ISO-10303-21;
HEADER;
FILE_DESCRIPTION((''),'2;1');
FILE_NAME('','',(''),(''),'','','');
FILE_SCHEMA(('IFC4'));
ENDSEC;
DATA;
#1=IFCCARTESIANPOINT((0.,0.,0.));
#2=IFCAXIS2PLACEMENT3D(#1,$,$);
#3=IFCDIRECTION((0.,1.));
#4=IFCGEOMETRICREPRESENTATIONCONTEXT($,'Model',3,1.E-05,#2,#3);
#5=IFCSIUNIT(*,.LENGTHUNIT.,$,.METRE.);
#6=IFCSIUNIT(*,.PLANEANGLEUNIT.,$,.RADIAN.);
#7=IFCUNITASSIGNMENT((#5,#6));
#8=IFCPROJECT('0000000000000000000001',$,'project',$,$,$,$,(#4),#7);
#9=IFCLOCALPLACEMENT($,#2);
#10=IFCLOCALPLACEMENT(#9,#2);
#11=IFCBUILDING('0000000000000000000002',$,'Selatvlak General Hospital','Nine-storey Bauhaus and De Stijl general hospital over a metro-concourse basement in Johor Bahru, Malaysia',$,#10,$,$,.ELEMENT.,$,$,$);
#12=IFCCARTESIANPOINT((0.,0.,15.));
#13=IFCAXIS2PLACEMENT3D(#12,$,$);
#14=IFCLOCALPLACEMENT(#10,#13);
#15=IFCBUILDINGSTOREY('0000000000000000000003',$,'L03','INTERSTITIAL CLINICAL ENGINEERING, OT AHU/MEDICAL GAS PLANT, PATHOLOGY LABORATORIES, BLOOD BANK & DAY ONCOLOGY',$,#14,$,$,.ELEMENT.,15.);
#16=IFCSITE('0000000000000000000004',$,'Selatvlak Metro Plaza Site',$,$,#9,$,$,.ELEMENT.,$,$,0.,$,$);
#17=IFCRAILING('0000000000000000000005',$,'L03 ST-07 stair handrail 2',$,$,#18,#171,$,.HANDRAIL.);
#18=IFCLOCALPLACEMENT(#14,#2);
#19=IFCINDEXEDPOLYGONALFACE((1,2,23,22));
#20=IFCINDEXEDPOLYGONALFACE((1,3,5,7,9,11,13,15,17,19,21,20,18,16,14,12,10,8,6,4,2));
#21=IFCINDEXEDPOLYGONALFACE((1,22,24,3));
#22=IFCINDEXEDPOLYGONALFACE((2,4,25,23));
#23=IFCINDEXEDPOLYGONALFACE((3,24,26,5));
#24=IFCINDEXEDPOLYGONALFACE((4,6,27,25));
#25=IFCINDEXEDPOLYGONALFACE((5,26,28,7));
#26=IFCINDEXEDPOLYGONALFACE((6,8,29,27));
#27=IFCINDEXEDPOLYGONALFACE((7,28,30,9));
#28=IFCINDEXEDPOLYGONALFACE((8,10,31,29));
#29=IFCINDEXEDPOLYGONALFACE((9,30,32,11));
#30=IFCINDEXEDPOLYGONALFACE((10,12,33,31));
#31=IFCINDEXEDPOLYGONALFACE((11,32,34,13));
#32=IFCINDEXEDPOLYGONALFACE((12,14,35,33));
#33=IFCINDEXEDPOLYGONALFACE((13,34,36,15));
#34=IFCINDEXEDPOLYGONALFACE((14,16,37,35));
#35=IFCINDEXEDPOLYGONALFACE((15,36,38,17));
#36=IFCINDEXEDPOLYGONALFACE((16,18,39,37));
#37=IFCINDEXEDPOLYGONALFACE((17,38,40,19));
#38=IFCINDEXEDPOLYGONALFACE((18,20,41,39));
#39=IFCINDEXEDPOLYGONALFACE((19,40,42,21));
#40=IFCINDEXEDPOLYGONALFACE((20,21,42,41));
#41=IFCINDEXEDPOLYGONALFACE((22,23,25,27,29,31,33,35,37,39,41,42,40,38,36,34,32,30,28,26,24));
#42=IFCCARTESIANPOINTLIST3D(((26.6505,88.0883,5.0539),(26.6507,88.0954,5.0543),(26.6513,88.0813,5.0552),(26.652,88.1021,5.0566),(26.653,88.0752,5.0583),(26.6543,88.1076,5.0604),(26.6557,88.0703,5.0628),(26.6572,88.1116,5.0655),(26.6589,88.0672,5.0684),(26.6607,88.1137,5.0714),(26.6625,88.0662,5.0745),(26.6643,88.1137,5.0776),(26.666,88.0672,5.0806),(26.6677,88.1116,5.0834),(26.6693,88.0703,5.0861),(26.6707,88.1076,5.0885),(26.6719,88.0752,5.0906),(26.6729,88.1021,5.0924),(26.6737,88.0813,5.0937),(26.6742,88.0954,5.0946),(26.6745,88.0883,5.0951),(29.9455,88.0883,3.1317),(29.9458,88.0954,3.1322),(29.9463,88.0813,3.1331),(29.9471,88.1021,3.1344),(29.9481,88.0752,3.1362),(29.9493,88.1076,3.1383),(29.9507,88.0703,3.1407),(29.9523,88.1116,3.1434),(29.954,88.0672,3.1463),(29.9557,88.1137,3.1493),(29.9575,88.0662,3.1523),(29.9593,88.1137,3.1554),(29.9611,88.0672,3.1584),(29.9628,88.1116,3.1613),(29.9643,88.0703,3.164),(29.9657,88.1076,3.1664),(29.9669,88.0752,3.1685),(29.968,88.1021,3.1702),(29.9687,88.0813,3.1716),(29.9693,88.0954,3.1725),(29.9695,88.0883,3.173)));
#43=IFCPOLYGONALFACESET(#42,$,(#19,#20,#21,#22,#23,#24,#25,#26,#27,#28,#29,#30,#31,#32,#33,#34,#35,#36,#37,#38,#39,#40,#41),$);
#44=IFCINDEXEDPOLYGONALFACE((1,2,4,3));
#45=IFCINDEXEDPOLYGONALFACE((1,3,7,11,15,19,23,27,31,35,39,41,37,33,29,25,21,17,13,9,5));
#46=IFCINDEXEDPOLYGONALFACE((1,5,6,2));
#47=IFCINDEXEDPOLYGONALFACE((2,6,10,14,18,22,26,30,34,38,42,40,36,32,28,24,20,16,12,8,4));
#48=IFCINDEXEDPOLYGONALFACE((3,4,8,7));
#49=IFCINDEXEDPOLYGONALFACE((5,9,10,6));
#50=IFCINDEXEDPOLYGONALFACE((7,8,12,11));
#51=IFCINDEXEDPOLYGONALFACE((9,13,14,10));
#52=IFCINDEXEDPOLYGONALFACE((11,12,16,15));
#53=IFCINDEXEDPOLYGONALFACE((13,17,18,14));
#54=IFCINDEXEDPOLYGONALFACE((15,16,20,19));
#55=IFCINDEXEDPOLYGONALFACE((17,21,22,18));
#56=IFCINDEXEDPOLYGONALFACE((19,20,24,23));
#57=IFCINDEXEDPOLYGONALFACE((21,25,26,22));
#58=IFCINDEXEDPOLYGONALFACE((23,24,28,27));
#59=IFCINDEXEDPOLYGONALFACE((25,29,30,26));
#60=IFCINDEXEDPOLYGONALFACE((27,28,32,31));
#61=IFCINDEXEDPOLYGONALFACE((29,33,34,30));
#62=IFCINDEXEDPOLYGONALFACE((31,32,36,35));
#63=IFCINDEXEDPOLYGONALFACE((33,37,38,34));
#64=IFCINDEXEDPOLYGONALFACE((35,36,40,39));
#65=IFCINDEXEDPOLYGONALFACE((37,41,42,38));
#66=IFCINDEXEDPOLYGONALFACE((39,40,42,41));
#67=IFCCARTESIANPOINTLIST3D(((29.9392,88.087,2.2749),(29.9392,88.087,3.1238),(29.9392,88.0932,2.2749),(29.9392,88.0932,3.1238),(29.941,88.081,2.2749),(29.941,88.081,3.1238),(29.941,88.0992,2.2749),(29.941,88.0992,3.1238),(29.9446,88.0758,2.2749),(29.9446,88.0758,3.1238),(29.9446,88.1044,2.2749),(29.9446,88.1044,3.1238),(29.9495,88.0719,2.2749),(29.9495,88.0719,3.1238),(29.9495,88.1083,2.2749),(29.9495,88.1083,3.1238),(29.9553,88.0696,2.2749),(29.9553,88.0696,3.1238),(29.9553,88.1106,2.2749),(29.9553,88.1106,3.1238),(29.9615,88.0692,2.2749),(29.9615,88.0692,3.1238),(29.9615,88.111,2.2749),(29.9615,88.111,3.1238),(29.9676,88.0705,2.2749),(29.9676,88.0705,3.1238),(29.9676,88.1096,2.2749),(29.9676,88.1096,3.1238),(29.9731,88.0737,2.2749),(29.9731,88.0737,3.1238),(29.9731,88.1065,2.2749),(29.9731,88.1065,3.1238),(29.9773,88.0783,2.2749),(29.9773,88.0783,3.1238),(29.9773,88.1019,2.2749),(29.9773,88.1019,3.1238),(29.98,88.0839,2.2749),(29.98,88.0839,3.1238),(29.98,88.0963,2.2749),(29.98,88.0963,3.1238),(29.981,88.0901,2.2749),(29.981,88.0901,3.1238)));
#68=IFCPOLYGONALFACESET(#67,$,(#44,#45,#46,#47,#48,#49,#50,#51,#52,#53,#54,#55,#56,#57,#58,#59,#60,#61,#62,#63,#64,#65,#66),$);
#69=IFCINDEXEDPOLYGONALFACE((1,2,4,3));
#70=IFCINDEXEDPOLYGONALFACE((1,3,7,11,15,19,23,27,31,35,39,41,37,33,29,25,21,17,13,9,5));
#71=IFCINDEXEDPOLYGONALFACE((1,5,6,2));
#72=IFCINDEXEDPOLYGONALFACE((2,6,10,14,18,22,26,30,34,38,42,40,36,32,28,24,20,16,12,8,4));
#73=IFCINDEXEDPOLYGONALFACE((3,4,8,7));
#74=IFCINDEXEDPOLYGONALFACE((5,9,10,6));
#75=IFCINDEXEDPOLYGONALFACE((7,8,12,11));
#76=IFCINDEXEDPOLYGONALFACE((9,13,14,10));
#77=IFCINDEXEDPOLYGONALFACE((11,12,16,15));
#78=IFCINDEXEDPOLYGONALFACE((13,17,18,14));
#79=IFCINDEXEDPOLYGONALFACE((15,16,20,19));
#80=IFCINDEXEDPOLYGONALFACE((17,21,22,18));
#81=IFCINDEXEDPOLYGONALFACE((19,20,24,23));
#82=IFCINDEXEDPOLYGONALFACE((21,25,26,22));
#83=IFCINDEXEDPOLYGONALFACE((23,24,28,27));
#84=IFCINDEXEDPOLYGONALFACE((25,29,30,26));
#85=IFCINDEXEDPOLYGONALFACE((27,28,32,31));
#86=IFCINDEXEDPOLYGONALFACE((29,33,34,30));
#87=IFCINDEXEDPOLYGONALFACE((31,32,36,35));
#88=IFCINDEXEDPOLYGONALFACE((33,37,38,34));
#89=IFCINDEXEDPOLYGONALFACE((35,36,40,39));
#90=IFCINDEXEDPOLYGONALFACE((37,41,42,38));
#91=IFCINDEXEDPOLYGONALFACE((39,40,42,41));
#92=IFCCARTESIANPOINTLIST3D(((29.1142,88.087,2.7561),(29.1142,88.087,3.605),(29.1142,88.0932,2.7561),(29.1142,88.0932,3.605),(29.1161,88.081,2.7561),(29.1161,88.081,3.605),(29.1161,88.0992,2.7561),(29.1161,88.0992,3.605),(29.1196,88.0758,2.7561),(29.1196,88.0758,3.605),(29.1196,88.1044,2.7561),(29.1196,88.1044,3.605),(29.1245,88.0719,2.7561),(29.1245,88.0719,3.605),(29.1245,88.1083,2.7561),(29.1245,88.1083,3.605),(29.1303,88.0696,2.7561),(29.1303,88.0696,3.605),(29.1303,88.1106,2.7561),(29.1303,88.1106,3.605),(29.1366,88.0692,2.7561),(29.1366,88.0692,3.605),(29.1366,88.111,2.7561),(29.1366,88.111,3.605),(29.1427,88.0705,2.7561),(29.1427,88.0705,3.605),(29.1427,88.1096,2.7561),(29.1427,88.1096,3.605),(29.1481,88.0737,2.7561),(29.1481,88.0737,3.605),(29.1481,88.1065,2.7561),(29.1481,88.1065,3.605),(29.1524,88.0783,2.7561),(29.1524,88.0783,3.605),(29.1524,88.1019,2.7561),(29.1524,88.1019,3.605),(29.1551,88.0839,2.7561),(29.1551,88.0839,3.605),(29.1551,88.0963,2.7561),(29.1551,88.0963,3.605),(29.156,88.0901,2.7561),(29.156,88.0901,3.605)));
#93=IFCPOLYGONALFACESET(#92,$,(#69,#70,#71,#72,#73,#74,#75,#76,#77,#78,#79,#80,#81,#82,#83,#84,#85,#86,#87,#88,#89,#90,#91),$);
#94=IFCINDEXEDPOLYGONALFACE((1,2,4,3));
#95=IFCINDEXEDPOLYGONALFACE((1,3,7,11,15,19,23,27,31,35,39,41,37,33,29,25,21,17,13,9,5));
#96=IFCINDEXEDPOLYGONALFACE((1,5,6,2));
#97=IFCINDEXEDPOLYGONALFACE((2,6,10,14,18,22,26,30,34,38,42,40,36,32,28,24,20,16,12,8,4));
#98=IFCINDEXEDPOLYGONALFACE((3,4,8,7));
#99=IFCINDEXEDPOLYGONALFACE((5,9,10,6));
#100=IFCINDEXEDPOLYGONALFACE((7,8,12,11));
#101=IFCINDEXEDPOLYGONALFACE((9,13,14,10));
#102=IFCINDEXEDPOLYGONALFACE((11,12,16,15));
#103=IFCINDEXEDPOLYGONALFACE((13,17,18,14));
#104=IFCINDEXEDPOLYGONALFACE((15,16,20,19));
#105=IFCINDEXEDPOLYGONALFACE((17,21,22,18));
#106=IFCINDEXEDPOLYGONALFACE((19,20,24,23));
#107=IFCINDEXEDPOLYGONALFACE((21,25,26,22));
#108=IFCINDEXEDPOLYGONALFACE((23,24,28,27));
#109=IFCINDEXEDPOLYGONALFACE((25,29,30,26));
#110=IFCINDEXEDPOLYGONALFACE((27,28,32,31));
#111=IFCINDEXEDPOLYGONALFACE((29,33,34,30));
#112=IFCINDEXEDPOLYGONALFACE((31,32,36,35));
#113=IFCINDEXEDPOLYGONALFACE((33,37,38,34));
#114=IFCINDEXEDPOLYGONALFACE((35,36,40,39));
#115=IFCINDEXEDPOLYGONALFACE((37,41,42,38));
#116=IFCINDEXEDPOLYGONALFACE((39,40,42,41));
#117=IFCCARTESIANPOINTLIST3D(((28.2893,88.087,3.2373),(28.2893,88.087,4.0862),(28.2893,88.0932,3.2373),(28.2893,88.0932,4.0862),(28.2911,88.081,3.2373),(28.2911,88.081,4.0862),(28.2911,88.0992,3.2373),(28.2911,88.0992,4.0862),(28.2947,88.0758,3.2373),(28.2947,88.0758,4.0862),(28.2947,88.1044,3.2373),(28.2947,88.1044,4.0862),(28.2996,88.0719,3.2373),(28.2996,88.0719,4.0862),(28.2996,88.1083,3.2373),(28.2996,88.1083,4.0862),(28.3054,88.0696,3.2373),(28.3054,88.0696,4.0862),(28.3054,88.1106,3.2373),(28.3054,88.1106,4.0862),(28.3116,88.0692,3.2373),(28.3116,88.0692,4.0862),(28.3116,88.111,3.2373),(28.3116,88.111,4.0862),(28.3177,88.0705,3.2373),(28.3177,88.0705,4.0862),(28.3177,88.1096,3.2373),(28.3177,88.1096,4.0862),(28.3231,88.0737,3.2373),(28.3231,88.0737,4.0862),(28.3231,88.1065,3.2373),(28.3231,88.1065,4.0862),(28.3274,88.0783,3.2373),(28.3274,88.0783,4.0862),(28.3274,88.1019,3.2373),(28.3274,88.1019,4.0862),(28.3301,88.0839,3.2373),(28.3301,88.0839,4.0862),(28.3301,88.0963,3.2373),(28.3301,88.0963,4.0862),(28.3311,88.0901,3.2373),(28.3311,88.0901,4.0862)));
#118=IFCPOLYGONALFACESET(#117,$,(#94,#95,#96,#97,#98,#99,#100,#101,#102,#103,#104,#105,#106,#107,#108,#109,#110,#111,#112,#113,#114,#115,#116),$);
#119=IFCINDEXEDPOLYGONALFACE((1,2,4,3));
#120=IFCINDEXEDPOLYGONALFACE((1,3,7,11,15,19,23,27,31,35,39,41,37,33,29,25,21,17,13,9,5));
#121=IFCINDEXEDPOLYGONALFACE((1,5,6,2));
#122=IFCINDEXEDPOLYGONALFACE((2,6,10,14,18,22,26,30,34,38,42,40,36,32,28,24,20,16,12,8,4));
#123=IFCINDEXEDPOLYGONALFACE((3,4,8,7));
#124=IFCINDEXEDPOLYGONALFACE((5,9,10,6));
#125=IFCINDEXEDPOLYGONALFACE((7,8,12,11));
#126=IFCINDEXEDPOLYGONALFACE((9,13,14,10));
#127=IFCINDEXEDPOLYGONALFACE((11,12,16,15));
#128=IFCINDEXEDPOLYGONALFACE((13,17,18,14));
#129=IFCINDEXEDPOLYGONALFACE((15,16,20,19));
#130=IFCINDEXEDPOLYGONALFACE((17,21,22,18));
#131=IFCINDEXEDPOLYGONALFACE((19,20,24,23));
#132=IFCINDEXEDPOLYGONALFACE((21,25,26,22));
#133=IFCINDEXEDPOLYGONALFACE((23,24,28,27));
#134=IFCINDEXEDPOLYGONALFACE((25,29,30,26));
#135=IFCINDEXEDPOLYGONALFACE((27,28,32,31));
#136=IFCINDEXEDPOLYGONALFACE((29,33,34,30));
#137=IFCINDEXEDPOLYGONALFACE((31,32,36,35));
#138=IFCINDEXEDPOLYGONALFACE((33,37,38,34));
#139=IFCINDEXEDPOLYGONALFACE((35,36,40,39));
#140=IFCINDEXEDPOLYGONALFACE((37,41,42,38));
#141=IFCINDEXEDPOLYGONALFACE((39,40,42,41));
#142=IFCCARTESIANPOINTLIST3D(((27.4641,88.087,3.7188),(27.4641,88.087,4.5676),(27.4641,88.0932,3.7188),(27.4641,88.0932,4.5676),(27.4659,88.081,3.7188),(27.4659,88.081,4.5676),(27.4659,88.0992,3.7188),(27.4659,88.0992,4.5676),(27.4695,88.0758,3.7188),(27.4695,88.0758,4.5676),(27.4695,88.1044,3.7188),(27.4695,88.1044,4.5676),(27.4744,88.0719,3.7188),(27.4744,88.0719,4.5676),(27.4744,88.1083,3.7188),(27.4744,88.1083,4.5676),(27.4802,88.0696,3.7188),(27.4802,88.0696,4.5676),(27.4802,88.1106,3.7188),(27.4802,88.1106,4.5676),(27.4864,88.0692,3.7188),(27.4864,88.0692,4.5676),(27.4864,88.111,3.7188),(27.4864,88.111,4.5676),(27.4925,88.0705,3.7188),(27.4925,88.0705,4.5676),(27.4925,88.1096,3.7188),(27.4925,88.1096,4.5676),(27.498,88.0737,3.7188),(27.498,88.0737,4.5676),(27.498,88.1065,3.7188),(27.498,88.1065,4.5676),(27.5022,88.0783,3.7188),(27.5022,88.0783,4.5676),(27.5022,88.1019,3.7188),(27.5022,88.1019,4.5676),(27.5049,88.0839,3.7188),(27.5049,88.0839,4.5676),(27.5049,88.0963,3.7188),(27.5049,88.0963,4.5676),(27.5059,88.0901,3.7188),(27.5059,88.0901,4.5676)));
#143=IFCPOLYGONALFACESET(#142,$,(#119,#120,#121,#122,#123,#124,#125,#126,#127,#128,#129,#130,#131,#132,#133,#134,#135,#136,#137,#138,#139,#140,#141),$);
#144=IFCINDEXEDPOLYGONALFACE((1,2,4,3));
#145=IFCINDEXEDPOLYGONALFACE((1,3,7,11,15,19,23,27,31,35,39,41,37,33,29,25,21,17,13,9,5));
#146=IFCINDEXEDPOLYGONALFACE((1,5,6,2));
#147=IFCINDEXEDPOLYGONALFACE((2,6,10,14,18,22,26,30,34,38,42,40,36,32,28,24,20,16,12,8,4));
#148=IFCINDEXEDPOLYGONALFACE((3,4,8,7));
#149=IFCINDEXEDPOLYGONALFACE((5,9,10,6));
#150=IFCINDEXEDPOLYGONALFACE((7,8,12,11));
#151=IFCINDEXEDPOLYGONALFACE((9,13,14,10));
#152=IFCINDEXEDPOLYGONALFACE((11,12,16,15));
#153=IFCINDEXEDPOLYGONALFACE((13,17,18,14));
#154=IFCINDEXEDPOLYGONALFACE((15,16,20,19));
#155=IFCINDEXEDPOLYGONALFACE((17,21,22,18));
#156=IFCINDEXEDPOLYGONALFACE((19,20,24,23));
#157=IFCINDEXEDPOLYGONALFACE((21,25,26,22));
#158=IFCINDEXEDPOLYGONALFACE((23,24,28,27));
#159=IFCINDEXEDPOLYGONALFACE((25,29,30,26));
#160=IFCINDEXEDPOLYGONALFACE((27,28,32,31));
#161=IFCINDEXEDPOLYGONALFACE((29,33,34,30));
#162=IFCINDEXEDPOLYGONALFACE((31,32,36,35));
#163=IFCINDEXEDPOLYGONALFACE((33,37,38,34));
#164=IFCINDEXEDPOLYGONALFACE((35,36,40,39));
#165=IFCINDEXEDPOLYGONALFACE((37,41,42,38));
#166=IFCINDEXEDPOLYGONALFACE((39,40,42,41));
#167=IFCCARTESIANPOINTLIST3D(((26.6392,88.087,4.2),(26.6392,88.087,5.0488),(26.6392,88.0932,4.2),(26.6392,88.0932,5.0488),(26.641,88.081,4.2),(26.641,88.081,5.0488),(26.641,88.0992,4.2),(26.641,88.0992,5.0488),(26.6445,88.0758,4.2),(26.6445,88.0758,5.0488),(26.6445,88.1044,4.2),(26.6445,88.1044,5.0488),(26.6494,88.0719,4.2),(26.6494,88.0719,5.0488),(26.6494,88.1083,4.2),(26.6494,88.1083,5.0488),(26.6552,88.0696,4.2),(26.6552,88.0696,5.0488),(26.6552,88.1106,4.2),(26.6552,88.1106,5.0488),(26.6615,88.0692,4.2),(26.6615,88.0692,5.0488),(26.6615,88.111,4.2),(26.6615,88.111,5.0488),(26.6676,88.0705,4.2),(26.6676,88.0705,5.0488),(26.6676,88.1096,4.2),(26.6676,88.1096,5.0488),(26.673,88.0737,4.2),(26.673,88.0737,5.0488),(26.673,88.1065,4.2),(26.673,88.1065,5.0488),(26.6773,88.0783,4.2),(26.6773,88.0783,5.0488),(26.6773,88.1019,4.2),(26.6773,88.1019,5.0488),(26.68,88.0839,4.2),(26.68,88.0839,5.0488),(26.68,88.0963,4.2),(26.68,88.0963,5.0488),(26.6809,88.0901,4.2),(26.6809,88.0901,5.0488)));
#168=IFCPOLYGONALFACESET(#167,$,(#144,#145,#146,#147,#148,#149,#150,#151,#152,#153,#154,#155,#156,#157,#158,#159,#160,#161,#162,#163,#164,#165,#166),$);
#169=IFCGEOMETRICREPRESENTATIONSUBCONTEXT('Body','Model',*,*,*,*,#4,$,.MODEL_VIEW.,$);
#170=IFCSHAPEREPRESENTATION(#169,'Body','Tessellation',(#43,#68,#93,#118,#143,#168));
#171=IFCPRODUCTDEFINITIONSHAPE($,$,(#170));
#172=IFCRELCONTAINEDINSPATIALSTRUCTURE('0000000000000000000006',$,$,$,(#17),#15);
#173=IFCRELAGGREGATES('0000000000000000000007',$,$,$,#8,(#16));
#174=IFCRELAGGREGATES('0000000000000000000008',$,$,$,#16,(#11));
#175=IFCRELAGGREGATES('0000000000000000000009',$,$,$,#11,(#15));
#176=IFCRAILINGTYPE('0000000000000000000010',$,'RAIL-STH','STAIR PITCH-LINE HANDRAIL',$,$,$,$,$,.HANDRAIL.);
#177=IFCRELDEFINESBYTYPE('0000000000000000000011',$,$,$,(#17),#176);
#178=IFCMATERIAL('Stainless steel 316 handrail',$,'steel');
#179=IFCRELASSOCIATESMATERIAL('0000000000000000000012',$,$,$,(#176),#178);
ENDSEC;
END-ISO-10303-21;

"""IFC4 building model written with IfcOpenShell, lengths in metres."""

from ifc_helpers import new_model, si_unit, direction, frame, origin, origin_2d, place, context, subcontext, project, spatial, circle, extrude, material, type_object, element, save


model = new_model("IFC4")

# Units and contexts
model_context = context("Model", 3, precision=1e-05, world=origin(), true_north=direction((0.0, 1.0)))
body_context = subcontext(model_context, "Body", "Model", "MODEL_VIEW")
ifc_project = project(units=[si_unit("LENGTHUNIT", "METRE"), si_unit("PLANEANGLEUNIT", "RADIAN")], contexts=[model_context])

# Site, building, storey
site_placement = place(None, origin())
site = spatial("IfcSite", under=ifc_project, at=site_placement, Name="Selatvlak Metro Plaza Site", CompositionType="ELEMENT", RefElevation=0.0)
building_placement = place(site_placement, origin())
building = spatial("IfcBuilding", under=site, at=building_placement, Name="Selatvlak General Hospital", Description="Nine-storey Bauhaus and De Stijl general hospital over a metro-concourse basement in Johor Bahru, Malaysia", CompositionType="ELEMENT")
storey_placement = place(building_placement, frame((0.0, 0.0, 15.0)))
storey = spatial("IfcBuildingStorey", under=building, at=storey_placement, Name="L03", Description="INTERSTITIAL CLINICAL ENGINEERING, OT AHU/MEDICAL GAS PLANT, PATHOLOGY LABORATORIES, BLOOD BANK & DAY ONCOLOGY", CompositionType="ELEMENT", Elevation=15.0)

# Railing
ifc_material_1 = material(Name="Stainless steel 316 handrail", Category="steel")
railing_type_1 = type_object("IfcRailingType", Name="RAIL-STH", Description="STAIR PITCH-LINE HANDRAIL", PredefinedType="HANDRAIL", material=ifc_material_1)
railing_1_placement = place(storey_placement, frame((29.96, 88.0901, 2.2749)))
element("IfcRailing", 1, at=railing_1_placement, inside=storey, type_object=railing_type_1, Name="L03 ST-07 stair handrail 2", PredefinedType="HANDRAIL", context=body_context, shape_type="SweptSolid", body=[
    extrude(circle(Radius=0.0239, at=origin_2d()), frame((-0.0024, 0.0, 0.8774), z_axis=(-0.863777, 0.0, 0.503875), x_axis=(0.0, -1.0, 0.0)), (0.0, 0.0, 1.0), 3.8147),
    extrude(circle(Radius=0.021, at=origin_2d()), origin(), (0.0, 0.0, 1.0), 0.8489),
    extrude(circle(Radius=0.021, at=origin_2d()), frame((-0.825, 0.0, 0.4812)), (0.0, 0.0, 1.0), 0.8489),
    extrude(circle(Radius=0.021, at=origin_2d()), frame((-1.6499, 0.0, 0.9624)), (0.0, 0.0, 1.0), 0.8489),
    extrude(circle(Radius=0.021, at=origin_2d()), frame((-2.4751, 0.0, 1.4438)), (0.0, 0.0, 1.0), 0.8489),
    extrude(circle(Radius=0.021, at=origin_2d()), frame((-3.3, 0.0, 1.925)), (0.0, 0.0, 1.0), 0.8489),
])

save(model, "model.ifc")
